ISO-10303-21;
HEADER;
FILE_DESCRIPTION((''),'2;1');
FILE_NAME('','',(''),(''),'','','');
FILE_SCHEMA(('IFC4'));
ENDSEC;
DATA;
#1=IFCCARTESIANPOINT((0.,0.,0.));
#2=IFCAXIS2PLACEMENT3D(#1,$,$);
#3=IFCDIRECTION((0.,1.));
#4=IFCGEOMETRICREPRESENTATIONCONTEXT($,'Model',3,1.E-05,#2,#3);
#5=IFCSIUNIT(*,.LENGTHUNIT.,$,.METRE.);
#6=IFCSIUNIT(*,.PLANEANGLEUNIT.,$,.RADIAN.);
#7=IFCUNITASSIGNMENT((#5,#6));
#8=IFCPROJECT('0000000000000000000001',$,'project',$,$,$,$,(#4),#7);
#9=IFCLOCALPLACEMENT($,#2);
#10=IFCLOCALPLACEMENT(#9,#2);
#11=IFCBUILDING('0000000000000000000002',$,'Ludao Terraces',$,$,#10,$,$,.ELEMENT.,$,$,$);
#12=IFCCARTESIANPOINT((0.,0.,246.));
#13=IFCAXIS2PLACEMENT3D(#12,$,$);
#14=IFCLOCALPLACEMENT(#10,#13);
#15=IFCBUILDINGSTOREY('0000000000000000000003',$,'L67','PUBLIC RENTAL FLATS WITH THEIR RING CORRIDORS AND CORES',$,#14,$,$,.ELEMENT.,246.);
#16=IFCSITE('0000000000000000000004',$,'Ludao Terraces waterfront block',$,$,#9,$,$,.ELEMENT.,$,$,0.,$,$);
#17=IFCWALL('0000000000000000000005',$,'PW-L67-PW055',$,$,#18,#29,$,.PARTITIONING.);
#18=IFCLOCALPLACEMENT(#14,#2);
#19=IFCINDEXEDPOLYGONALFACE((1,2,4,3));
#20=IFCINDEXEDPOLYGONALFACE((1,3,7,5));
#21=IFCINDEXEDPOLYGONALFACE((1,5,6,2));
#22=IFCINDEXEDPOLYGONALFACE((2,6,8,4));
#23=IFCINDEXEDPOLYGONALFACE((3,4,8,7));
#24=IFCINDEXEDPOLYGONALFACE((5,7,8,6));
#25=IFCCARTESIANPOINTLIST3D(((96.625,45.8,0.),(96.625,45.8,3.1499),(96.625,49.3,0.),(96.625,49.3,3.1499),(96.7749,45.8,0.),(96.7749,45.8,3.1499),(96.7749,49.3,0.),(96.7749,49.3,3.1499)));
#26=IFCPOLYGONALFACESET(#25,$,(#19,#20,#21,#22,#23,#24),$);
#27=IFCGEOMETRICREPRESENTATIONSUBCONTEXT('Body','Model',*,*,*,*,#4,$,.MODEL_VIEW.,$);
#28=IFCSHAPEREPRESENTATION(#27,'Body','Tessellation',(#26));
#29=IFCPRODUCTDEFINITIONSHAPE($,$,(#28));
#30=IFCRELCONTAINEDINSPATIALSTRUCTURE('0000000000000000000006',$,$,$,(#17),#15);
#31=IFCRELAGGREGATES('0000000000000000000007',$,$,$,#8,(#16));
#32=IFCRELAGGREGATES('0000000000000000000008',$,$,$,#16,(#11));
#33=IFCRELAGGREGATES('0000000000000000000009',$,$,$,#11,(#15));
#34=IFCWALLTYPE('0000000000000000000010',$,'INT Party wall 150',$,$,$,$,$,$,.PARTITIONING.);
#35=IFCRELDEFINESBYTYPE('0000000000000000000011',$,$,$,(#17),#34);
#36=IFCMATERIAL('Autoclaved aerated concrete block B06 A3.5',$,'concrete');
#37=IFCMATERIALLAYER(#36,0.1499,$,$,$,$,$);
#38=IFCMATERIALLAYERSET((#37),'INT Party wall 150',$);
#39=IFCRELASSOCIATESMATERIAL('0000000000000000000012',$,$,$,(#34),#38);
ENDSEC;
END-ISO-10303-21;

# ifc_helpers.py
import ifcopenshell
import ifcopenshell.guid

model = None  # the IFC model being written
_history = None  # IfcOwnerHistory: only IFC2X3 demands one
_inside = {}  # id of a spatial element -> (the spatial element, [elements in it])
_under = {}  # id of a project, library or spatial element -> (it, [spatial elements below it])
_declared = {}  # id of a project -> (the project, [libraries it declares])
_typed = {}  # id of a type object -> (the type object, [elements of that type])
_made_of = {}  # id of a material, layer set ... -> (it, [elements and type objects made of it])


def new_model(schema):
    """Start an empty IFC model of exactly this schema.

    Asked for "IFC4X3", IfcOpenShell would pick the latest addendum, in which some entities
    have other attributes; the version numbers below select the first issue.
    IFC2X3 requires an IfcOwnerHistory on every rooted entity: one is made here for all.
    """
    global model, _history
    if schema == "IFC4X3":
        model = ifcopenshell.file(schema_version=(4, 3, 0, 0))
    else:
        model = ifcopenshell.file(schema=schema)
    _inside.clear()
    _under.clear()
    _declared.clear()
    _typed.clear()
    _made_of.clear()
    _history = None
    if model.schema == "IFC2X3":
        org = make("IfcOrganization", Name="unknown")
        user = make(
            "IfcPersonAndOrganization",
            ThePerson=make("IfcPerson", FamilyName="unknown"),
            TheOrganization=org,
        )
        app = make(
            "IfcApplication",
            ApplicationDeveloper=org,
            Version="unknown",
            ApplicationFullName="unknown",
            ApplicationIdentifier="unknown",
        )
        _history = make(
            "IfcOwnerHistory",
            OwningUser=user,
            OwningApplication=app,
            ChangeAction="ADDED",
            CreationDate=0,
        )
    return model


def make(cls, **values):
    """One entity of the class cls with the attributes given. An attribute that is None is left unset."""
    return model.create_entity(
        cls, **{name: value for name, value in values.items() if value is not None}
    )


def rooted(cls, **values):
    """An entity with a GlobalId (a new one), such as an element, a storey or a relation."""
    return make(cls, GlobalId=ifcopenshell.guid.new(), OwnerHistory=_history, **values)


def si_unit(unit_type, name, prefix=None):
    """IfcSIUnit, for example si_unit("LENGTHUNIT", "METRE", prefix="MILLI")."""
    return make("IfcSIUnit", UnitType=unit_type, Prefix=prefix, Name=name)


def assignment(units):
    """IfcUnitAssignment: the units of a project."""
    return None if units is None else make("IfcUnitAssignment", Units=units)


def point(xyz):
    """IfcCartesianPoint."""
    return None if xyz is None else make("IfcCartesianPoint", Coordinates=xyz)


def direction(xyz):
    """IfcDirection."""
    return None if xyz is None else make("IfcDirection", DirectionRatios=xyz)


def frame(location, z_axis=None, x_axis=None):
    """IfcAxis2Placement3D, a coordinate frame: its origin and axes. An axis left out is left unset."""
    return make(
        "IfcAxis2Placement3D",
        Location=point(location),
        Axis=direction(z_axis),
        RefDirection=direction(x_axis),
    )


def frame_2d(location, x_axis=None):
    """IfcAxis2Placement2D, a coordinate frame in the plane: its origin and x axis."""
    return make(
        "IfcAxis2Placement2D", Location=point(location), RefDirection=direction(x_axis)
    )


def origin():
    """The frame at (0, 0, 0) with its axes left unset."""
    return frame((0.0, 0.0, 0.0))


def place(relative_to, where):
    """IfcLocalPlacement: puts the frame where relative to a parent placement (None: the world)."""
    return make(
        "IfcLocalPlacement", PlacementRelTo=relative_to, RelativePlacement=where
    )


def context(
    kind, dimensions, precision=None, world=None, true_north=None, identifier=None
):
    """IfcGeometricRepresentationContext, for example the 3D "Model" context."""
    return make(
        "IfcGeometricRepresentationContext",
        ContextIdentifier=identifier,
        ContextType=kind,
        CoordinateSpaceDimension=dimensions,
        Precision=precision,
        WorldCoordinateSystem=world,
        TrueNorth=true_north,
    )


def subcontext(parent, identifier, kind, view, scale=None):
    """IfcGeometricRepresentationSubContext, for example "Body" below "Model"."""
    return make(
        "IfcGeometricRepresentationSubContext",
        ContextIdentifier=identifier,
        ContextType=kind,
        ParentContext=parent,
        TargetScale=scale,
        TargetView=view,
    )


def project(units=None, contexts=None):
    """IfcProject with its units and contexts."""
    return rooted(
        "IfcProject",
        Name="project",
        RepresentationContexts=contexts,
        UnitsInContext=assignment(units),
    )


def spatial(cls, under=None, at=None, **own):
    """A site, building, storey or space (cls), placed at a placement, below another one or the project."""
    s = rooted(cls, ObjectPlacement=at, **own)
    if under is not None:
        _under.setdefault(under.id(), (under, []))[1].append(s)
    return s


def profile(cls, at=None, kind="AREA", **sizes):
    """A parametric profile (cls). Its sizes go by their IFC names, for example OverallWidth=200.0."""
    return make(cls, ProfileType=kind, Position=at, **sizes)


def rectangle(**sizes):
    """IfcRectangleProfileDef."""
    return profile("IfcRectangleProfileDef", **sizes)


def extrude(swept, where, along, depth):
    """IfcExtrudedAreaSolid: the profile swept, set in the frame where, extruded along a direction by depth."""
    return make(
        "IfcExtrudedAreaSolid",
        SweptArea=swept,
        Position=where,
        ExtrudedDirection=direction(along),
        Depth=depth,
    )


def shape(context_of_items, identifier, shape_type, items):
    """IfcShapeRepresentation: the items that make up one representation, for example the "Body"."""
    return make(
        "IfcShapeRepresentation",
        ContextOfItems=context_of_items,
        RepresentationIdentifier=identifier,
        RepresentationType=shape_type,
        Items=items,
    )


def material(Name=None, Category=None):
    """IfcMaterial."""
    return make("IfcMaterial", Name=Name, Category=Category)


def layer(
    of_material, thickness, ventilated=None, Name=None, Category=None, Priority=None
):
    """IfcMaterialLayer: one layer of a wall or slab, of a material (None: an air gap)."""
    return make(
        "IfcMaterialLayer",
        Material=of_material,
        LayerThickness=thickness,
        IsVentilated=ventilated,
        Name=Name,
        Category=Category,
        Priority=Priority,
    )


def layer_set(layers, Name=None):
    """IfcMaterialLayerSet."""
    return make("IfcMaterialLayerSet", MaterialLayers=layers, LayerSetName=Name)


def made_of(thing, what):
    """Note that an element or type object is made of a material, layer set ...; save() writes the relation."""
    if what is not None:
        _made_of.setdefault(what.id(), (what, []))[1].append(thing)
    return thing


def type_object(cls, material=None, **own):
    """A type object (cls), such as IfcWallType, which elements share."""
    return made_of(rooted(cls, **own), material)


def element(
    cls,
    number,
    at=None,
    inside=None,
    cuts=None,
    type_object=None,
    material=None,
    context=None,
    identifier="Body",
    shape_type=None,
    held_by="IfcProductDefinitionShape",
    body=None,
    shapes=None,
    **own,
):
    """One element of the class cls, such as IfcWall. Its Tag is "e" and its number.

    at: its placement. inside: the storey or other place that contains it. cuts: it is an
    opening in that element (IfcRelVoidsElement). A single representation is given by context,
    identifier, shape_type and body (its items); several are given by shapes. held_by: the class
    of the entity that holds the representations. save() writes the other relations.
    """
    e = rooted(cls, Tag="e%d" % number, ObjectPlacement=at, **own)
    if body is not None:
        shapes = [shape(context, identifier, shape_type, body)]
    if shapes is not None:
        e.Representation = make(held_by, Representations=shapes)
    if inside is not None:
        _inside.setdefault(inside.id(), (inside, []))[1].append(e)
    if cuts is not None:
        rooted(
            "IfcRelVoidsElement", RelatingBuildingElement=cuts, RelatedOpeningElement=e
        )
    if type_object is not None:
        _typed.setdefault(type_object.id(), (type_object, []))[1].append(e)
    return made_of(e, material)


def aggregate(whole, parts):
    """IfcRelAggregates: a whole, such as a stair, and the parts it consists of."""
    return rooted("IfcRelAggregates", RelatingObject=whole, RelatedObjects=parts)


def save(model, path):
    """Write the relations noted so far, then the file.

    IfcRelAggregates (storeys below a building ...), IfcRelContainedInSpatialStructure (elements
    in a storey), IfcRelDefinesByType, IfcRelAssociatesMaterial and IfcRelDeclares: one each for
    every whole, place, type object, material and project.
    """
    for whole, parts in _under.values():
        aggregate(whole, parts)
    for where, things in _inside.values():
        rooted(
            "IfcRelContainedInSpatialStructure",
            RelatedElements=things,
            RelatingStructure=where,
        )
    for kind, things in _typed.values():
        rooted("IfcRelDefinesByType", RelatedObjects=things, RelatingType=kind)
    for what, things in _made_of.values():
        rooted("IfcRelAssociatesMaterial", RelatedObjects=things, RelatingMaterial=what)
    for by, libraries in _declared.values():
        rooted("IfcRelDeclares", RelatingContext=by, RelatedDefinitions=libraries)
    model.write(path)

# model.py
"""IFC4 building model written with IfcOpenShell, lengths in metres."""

from ifc_helpers import new_model, si_unit, direction, frame, frame_2d, origin, place, context, subcontext, project, spatial, rectangle, extrude, material, layer, layer_set, type_object, element, save


model = new_model("IFC4")

# Units and contexts
model_context = context("Model", 3, precision=1e-05, world=origin(), true_north=direction((0.0, 1.0)))
body_context = subcontext(model_context, "Body", "Model", "MODEL_VIEW")
ifc_project = project(units=[si_unit("LENGTHUNIT", "METRE"), si_unit("PLANEANGLEUNIT", "RADIAN")], contexts=[model_context])

# Site, building, storey
site_placement = place(None, origin())
site = spatial("IfcSite", under=ifc_project, at=site_placement, Name="Ludao Terraces waterfront block", CompositionType="ELEMENT", RefElevation=0.0)
building_placement = place(site_placement, origin())
building = spatial("IfcBuilding", under=site, at=building_placement, Name="Ludao Terraces", CompositionType="ELEMENT")
storey_placement = place(building_placement, frame((0.0, 0.0, 246.0)))
storey = spatial("IfcBuildingStorey", under=building, at=storey_placement, Name="L67", Description="PUBLIC RENTAL FLATS WITH THEIR RING CORRIDORS AND CORES", CompositionType="ELEMENT", Elevation=246.0)

# Shared definitions
ifc_material_1 = material(Name="Autoclaved aerated concrete block B06 A3.5", Category="concrete")

# Wall
ifc_layer_1 = layer(ifc_material_1, 0.1499)
ifc_layer_set_1 = layer_set([ifc_layer_1], Name="INT Party wall 150")
wall_type_1 = type_object("IfcWallType", Name="INT Party wall 150", PredefinedType="PARTITIONING", material=ifc_layer_set_1)
wall_1_placement = place(storey_placement, frame((96.7, 45.8, 0.0), z_axis=(0.0, 0.0, 1.0), x_axis=(0.0, 1.0, 0.0)))
element("IfcWall", 1, at=wall_1_placement, inside=storey, type_object=wall_type_1, Name="PW-L67-PW055", PredefinedType="PARTITIONING", context=body_context, shape_type="SweptSolid", body=[
    extrude(rectangle(XDim=3.5, YDim=0.1499, at=frame_2d((1.75, 0.0))), origin(), (0.0, 0.0, 1.0), 3.1499),
])

save(model, "model.ifc")
